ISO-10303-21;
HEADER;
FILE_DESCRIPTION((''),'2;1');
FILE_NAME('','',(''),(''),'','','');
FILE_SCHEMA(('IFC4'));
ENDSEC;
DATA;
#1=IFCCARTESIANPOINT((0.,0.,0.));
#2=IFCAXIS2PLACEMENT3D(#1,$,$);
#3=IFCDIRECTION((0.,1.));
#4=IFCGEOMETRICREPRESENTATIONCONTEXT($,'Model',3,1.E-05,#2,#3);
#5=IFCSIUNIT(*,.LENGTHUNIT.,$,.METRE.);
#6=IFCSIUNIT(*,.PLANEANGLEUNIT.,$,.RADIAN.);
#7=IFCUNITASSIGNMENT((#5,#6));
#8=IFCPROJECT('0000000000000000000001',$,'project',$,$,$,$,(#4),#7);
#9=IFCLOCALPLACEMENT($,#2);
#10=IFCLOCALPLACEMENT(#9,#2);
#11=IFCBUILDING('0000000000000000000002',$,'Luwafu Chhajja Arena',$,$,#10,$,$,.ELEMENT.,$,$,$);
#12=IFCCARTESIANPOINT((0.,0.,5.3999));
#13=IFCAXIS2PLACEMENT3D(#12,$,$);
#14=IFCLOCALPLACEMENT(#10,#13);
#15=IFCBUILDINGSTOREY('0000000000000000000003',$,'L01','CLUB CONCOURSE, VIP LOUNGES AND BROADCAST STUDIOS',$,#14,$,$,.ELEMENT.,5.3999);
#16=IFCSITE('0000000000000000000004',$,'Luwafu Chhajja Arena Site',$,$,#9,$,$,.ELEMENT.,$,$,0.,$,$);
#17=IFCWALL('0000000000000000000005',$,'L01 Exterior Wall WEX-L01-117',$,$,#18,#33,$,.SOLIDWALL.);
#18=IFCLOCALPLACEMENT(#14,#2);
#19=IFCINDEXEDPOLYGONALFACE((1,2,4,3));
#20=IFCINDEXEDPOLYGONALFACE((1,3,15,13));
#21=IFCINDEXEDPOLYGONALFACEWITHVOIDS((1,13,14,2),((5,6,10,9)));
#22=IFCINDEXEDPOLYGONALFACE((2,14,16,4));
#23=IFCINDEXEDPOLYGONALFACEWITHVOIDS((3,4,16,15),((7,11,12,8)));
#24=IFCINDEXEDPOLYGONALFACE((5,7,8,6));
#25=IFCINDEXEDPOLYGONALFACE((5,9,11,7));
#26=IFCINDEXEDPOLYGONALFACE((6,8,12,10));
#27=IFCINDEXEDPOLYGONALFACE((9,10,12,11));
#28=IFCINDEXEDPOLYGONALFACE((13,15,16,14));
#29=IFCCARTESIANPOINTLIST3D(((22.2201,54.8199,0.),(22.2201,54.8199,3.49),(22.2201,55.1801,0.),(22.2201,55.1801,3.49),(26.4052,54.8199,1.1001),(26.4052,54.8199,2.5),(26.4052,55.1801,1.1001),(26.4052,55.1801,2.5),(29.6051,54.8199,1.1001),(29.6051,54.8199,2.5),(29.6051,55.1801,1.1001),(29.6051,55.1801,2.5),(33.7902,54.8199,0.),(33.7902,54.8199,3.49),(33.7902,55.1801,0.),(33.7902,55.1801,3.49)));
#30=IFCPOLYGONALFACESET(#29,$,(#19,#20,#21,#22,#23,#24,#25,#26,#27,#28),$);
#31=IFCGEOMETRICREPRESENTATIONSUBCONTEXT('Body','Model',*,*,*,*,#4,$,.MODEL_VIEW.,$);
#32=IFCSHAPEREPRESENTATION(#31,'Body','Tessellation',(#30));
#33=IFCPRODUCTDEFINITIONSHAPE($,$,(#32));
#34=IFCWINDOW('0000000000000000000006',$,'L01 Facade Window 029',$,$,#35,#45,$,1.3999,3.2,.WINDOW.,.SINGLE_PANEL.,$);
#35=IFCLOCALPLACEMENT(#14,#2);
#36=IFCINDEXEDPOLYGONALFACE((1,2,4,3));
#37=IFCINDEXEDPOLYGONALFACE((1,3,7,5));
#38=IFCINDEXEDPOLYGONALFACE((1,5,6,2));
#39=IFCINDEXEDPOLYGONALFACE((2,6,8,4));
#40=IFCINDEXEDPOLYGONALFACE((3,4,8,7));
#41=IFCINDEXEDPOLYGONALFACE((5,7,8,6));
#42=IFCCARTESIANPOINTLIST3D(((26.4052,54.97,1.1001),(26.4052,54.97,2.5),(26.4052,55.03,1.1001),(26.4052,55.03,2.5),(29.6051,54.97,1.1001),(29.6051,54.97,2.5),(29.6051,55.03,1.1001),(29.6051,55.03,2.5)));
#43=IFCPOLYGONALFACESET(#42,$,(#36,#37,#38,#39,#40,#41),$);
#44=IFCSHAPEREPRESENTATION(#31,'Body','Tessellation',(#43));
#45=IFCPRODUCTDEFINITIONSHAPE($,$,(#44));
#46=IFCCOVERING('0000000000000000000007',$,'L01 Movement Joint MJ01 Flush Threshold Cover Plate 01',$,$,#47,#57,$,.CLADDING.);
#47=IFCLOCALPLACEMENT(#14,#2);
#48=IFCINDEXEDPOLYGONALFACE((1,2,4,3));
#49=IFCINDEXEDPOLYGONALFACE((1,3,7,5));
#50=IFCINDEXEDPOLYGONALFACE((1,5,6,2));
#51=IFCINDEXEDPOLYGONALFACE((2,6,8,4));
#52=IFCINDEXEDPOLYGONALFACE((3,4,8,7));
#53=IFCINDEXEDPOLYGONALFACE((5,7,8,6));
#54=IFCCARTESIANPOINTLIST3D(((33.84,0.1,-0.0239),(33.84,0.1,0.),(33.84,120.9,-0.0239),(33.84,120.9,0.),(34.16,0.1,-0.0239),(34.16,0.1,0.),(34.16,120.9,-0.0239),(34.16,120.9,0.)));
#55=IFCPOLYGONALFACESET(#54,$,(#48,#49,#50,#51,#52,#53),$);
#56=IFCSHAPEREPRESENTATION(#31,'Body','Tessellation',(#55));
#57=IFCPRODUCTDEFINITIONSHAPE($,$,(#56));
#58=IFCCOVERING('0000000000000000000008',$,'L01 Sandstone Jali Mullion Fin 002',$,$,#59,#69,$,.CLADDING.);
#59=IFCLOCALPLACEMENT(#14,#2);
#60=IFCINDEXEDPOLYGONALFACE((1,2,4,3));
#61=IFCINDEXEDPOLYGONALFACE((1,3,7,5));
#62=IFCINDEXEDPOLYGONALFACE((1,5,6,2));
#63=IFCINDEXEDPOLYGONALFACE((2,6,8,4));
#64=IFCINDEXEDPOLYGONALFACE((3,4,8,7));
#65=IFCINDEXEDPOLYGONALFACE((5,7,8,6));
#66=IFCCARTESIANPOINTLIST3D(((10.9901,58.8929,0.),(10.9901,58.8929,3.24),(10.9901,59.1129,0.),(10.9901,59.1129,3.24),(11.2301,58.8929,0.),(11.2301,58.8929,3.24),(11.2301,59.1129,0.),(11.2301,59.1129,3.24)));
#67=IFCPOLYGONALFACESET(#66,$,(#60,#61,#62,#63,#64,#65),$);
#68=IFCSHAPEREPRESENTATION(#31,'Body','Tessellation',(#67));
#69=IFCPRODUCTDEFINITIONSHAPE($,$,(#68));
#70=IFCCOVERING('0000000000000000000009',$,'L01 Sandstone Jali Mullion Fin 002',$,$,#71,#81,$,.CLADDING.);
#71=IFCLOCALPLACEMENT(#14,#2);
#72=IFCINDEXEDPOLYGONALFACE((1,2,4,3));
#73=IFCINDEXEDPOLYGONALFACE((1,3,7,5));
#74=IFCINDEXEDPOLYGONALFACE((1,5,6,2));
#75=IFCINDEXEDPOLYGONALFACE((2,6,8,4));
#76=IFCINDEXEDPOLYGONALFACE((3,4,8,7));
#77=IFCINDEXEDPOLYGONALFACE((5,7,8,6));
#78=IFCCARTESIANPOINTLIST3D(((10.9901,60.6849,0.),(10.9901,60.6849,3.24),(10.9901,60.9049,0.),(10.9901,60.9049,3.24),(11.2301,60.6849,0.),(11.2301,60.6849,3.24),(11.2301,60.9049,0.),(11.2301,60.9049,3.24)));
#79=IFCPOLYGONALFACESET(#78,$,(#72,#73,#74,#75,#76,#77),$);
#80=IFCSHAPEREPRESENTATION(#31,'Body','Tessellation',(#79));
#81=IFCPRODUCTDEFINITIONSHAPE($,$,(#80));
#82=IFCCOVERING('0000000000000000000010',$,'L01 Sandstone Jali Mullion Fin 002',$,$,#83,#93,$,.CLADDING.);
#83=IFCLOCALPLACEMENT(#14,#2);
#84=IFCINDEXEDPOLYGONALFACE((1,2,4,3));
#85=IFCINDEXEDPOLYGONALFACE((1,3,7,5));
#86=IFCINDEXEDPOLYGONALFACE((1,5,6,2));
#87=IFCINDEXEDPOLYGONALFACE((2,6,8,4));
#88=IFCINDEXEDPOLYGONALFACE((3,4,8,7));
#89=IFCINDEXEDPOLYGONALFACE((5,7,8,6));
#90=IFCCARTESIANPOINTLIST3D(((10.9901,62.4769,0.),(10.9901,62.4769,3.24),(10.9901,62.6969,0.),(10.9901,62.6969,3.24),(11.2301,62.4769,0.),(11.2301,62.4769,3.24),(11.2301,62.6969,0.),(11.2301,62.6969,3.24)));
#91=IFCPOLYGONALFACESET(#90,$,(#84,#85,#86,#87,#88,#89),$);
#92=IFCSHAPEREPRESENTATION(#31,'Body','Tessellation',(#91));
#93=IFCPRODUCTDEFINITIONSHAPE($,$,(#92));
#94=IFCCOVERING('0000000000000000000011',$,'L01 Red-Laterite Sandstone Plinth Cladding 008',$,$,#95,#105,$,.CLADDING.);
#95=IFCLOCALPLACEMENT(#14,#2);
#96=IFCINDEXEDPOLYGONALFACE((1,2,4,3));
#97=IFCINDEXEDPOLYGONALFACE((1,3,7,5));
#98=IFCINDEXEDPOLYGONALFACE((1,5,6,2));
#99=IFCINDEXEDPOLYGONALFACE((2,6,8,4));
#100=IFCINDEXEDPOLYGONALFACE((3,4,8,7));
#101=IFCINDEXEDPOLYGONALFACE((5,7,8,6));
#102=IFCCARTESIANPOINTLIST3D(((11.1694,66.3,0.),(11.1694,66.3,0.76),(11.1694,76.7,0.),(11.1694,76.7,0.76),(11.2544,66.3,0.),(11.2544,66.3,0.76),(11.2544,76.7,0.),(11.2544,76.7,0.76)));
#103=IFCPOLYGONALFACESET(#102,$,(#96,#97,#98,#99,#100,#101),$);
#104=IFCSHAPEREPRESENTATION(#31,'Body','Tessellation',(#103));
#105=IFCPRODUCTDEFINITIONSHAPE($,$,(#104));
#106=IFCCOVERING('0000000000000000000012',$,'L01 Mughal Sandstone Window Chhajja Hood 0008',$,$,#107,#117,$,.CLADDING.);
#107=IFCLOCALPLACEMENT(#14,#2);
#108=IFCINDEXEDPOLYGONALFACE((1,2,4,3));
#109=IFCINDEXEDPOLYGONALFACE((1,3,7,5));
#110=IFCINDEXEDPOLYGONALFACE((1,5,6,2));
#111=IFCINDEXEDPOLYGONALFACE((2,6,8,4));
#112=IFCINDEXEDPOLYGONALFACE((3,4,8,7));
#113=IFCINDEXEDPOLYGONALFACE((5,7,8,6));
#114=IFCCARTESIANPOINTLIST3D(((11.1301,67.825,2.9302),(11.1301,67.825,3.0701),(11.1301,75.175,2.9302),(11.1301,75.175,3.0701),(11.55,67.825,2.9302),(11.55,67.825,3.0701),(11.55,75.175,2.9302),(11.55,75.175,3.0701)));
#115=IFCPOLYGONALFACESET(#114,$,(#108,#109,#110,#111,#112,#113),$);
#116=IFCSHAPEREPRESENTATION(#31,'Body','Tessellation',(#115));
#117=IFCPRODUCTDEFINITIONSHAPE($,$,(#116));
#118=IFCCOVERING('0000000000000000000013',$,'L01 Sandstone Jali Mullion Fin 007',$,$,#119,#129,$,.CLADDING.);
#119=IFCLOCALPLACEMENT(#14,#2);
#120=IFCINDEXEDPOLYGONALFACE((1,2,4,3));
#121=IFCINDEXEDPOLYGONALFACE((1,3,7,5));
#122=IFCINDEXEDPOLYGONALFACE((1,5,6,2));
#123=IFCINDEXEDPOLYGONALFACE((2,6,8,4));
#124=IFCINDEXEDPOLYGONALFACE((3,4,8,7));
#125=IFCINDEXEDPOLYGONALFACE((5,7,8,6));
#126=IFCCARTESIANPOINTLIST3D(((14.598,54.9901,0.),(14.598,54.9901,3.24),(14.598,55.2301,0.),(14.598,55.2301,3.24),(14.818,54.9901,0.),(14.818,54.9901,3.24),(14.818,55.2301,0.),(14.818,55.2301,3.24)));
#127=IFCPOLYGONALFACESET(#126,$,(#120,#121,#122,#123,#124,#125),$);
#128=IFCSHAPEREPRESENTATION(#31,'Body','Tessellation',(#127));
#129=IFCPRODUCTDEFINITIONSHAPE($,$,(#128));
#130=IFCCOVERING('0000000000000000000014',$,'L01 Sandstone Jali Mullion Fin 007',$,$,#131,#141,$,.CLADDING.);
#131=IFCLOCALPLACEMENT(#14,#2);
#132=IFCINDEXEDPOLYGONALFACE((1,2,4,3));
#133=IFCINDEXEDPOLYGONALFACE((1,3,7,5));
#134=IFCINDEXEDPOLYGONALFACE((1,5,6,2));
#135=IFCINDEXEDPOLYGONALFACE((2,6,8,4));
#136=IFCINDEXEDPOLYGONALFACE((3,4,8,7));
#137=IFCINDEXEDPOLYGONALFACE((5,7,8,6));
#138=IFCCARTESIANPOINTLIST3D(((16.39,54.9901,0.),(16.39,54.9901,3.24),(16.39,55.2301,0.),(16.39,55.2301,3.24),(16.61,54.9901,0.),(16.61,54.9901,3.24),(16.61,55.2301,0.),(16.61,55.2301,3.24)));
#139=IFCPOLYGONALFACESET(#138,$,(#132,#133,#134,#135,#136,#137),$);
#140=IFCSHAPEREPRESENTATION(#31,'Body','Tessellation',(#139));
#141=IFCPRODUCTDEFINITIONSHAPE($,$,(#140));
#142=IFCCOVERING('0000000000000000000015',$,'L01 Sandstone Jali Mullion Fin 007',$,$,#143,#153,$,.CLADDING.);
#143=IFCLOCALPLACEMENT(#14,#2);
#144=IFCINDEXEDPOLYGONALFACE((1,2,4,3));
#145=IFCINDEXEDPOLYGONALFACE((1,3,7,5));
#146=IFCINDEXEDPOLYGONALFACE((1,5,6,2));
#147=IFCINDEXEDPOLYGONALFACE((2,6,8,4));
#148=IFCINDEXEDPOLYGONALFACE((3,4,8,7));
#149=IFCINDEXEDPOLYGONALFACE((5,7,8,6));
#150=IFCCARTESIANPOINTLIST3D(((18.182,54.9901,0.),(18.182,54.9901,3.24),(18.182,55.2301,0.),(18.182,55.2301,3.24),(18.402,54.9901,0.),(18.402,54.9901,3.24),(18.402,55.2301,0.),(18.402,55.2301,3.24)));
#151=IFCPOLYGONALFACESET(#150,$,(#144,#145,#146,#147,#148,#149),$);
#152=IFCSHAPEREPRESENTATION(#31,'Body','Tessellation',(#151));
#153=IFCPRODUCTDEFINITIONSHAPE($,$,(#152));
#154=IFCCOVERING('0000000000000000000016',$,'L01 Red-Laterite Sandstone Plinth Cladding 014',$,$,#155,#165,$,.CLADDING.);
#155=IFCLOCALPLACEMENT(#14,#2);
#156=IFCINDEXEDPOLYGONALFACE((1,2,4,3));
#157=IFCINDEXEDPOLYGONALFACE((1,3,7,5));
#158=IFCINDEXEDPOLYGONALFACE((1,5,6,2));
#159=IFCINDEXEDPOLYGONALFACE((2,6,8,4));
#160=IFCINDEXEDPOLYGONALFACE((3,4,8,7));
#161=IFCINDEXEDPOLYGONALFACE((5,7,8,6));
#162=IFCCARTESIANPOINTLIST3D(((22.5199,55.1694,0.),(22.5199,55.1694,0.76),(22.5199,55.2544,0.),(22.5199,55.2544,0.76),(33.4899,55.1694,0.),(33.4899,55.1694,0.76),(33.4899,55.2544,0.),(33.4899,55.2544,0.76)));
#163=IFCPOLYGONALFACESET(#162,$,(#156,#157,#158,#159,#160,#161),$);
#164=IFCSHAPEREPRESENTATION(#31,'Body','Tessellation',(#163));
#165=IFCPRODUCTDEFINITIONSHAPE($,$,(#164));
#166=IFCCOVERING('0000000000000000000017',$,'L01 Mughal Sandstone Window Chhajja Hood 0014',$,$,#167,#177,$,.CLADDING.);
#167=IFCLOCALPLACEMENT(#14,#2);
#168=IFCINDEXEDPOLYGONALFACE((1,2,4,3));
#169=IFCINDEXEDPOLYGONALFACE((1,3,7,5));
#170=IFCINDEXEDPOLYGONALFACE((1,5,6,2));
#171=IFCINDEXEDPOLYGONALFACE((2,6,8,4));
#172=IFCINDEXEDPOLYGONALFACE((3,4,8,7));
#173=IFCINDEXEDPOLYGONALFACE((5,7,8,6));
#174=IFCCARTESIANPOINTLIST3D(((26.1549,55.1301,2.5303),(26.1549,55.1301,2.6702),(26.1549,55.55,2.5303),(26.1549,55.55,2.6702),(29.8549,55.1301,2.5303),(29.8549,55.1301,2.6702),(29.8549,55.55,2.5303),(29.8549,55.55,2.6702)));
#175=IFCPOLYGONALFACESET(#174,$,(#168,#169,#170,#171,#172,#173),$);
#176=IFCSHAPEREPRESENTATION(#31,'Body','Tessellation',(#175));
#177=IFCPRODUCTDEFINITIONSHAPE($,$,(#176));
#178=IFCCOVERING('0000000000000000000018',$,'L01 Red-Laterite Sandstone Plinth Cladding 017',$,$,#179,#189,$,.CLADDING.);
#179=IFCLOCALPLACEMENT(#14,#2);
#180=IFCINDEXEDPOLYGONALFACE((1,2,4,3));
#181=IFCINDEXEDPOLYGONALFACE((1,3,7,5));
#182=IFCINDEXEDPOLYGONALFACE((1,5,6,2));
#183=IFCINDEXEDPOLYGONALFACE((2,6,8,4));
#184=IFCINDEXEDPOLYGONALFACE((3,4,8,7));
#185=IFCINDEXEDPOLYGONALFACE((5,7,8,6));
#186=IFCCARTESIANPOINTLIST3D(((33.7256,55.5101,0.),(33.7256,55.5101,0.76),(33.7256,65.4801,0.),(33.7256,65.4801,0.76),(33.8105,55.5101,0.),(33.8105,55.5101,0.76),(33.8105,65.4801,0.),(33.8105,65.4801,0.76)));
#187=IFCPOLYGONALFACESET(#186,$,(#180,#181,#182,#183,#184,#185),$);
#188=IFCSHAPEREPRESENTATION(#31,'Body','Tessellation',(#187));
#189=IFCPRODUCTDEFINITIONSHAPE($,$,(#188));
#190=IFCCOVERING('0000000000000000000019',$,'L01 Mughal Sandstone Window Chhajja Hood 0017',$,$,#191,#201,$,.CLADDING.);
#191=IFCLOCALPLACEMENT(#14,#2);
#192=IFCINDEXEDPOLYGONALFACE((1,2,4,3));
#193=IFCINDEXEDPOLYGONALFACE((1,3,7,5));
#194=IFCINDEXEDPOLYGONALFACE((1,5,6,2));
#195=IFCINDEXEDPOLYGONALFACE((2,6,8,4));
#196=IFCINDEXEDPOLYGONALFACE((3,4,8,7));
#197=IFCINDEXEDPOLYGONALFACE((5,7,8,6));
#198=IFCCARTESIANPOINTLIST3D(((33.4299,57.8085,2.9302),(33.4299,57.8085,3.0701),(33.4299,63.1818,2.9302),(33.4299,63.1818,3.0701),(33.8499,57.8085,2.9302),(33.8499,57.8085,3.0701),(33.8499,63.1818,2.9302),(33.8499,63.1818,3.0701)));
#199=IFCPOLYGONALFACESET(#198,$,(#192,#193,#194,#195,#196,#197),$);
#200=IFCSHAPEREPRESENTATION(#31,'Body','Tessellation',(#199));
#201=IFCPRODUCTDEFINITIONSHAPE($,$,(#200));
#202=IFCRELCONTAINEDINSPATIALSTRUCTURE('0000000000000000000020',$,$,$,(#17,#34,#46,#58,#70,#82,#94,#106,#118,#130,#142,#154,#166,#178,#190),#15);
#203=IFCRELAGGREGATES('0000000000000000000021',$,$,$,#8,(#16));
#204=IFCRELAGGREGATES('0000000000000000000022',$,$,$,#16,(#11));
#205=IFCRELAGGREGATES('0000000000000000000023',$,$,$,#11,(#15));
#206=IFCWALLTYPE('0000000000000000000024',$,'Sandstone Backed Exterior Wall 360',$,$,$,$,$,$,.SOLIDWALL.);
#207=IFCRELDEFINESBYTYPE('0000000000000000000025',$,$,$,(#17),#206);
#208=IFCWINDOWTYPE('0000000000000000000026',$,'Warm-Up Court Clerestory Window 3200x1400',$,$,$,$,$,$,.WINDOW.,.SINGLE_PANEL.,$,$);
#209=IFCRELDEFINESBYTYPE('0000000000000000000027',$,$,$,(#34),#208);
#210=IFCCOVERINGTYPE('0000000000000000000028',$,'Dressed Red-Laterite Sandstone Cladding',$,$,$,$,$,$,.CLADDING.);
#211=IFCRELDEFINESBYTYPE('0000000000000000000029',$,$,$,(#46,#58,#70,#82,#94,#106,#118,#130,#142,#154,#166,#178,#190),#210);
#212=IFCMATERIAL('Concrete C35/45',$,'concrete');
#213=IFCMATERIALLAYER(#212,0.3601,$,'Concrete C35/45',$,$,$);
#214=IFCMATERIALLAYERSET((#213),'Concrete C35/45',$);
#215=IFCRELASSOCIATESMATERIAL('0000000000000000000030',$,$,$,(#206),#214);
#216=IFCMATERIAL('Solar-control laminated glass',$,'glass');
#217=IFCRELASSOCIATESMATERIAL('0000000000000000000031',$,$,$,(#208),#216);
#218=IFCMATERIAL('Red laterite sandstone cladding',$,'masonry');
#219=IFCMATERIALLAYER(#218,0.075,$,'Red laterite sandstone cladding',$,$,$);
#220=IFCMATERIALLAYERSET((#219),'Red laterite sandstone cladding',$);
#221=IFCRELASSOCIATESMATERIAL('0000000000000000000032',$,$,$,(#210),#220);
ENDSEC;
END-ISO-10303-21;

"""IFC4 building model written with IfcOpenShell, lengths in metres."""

from ifc_helpers import new_model, si_unit, direction, frame, frame_2d, origin, origin_2d, place, context, subcontext, project, spatial, rectangle, extrude, material, layer, layer_set, type_object, element, fill, save


model = new_model("IFC4")

# Units and contexts
model_context = context("Model", 3, precision=1e-05, world=origin(), true_north=direction((0.0, 1.0)))
body_context = subcontext(model_context, "Body", "Model", "MODEL_VIEW")
ifc_project = project(units=[si_unit("LENGTHUNIT", "METRE"), si_unit("PLANEANGLEUNIT", "RADIAN")], contexts=[model_context])

# Site, building, storey
site_placement = place(None, origin())
site = spatial("IfcSite", under=ifc_project, at=site_placement, Name="Luwafu Chhajja Arena Site", CompositionType="ELEMENT", RefElevation=0.0)
building_placement = place(site_placement, origin())
building = spatial("IfcBuilding", under=site, at=building_placement, Name="Luwafu Chhajja Arena", CompositionType="ELEMENT")
storey_placement = place(building_placement, frame((0.0, 0.0, 5.3999)))
storey = spatial("IfcBuildingStorey", under=building, at=storey_placement, Name="L01", Description="CLUB CONCOURSE, VIP LOUNGES AND BROADCAST STUDIOS", CompositionType="ELEMENT", Elevation=5.3999)

# Shared definitions
ifc_material_1 = material(Name="Concrete C35/45", Category="concrete")

# Shared definitions
ifc_material_2 = material(Name="Solar-control laminated glass", Category="glass")

# Wall, opening, window
ifc_layer_1 = layer(ifc_material_1, 0.3601, Name="Concrete C35/45")
ifc_layer_set_1 = layer_set([ifc_layer_1], Name="Concrete C35/45")
wall_type_1 = type_object("IfcWallType", Name="Sandstone Backed Exterior Wall 360", PredefinedType="SOLIDWALL", material=ifc_layer_set_1)
wall_1_placement = place(storey_placement, frame((22.22, 55.0, 0.0), z_axis=(0.0, 0.0, 1.0), x_axis=(1.0, 0.0, 0.0)))
wall_1 = element("IfcWall", 1, at=wall_1_placement, inside=storey, type_object=wall_type_1, Name="L01 Exterior Wall WEX-L01-117", PredefinedType="SOLIDWALL", context=body_context, shape_type="SweptSolid", body=[
    extrude(rectangle(XDim=11.5701, YDim=0.3601, at=frame_2d((5.7852, 0.0))), origin(), (0.0, 0.0, 1.0), 3.49),
])
opening_1_placement = place(wall_1_placement, frame((4.1851, 0.0, 1.1001)))
opening_1 = element("IfcOpeningElement", 2, at=opening_1_placement, cuts=wall_1, PredefinedType="OPENING", context=body_context, shape_type="SweptSolid", body=[
    extrude(rectangle(XDim=3.2, YDim=1.3999, at=frame_2d((1.6001, 0.7))), frame((0.0, 0.1899, 0.0), z_axis=(0.0, -1.0, 0.0), x_axis=(1.0, 0.0, 0.0)), (0.0, 0.0, 1.0), 0.3801),
])
window_type_1 = type_object("IfcWindowType", Name="Warm-Up Court Clerestory Window 3200x1400", PartitioningType="SINGLE_PANEL", PredefinedType="WINDOW", material=ifc_material_2)
window_1_placement = place(opening_1_placement, origin())
window_1 = element("IfcWindow", 3, at=window_1_placement, inside=storey, type_object=window_type_1, Name="L01 Facade Window 029", OverallHeight=1.3999, OverallWidth=3.2, PartitioningType="SINGLE_PANEL", PredefinedType="WINDOW", context=body_context, shape_type="SweptSolid", body=[
    extrude(rectangle(XDim=3.2, YDim=1.3999, at=frame_2d((1.6001, 0.7))), frame((0.0, 0.03, 0.0), z_axis=(0.0, -1.0, 0.0), x_axis=(1.0, 0.0, 0.0)), (0.0, 0.0, 1.0), 0.0601),
])
fill(opening_1, window_1)

# Coverings
ifc_material_3 = material(Name="Red laterite sandstone cladding", Category="masonry")
ifc_layer_2 = layer(ifc_material_3, 0.075, Name="Red laterite sandstone cladding")
ifc_layer_set_2 = layer_set([ifc_layer_2], Name="Red laterite sandstone cladding")
covering_type = type_object("IfcCoveringType", Name="Dressed Red-Laterite Sandstone Cladding", PredefinedType="CLADDING", material=ifc_layer_set_2)
covering_1_placement = place(storey_placement, frame((34.0, 60.5, -0.0239), z_axis=(0.0, 0.0, 1.0), x_axis=(1.0, 0.0, 0.0)))
element("IfcCovering", 4, at=covering_1_placement, inside=storey, type_object=covering_type, Name="L01 Movement Joint MJ01 Flush Threshold Cover Plate 01", PredefinedType="CLADDING", context=body_context, shape_type="SweptSolid", body=[
    extrude(rectangle(XDim=0.3201, YDim=120.8, at=origin_2d()), origin(), (0.0, 0.0, 1.0), 0.0239),
])
for number, where, z_axis, x_axis, name in (
    (5, (11.1101, 59.0029, 0.0), (0.0, 0.0, 1.0), (0.0, 1.0, 0.0), "L01 Sandstone Jali Mullion Fin 002"),
    (6, (11.1101, 60.7949, 0.0), (0.0, 0.0, 1.0), (0.0, 1.0, 0.0), "L01 Sandstone Jali Mullion Fin 002"),
    (7, (11.1101, 62.5869, 0.0), (0.0, 0.0, 1.0), (0.0, 1.0, 0.0), "L01 Sandstone Jali Mullion Fin 002"),
):
    element("IfcCovering", number, at=place(storey_placement, frame(where, z_axis=z_axis, x_axis=x_axis)), inside=storey, type_object=covering_type, Name=name, PredefinedType="CLADDING", context=body_context, shape_type="SweptSolid", body=[
        extrude(rectangle(XDim=0.22, YDim=0.24, at=origin_2d()), origin(), (0.0, 0.0, 1.0), 3.24),
    ])
covering_2_placement = place(storey_placement, frame((11.2119, 71.5, 0.0), z_axis=(0.0, 0.0, 1.0), x_axis=(0.0, 1.0, 0.0)))
element("IfcCovering", 8, at=covering_2_placement, inside=storey, type_object=covering_type, Name="L01 Red-Laterite Sandstone Plinth Cladding 008", PredefinedType="CLADDING", context=body_context, shape_type="SweptSolid", body=[
    extrude(rectangle(XDim=10.3999, YDim=0.085, at=origin_2d()), origin(), (0.0, 0.0, 1.0), 0.76),
])
covering_3_placement = place(storey_placement, frame((11.3401, 71.5, 2.9302), z_axis=(0.0, 0.0, 1.0), x_axis=(0.0, 1.0, 0.0)))
element("IfcCovering", 9, at=covering_3_placement, inside=storey, type_object=covering_type, Name="L01 Mughal Sandstone Window Chhajja Hood 0008", PredefinedType="CLADDING", context=body_context, shape_type="SweptSolid", body=[
    extrude(rectangle(XDim=7.3501, YDim=0.4199, at=origin_2d()), origin(), (0.0, 0.0, 1.0), 0.1399),
])
for number, where, z_axis, x_axis, name in (
    (10, (14.708, 55.1101, 0.0), (0.0, 0.0, 1.0), (1.0, 0.0, 0.0), "L01 Sandstone Jali Mullion Fin 007"),
    (11, (16.5, 55.1101, 0.0), (0.0, 0.0, 1.0), (1.0, 0.0, 0.0), "L01 Sandstone Jali Mullion Fin 007"),
    (12, (18.292, 55.1101, 0.0), (0.0, 0.0, 1.0), (1.0, 0.0, 0.0), "L01 Sandstone Jali Mullion Fin 007"),
):
    element("IfcCovering", number, at=place(storey_placement, frame(where, z_axis=z_axis, x_axis=x_axis)), inside=storey, type_object=covering_type, Name=name, PredefinedType="CLADDING", context=body_context, shape_type="SweptSolid", body=[
        extrude(rectangle(XDim=0.22, YDim=0.24, at=origin_2d()), origin(), (0.0, 0.0, 1.0), 3.24),
    ])
covering_4_placement = place(storey_placement, frame((28.0049, 55.2119, 0.0), z_axis=(0.0, 0.0, 1.0), x_axis=(1.0, 0.0, 0.0)))
element("IfcCovering", 13, at=covering_4_placement, inside=storey, type_object=covering_type, Name="L01 Red-Laterite Sandstone Plinth Cladding 014", PredefinedType="CLADDING", context=body_context, shape_type="SweptSolid", body=[
    extrude(rectangle(XDim=10.97, YDim=0.085, at=origin_2d()), origin(), (0.0, 0.0, 1.0), 0.76),
])
covering_5_placement = place(storey_placement, frame((28.0049, 55.3401, 2.5303), z_axis=(0.0, 0.0, 1.0), x_axis=(1.0, 0.0, 0.0)))
element("IfcCovering", 14, at=covering_5_placement, inside=storey, type_object=covering_type, Name="L01 Mughal Sandstone Window Chhajja Hood 0014", PredefinedType="CLADDING", context=body_context, shape_type="SweptSolid", body=[
    extrude(rectangle(XDim=3.7, YDim=0.4199, at=origin_2d()), origin(), (0.0, 0.0, 1.0), 0.1399),
])
covering_6_placement = place(storey_placement, frame((33.7681, 60.4951, 0.0), z_axis=(0.0, 0.0, 1.0), x_axis=(0.0, 1.0, 0.0)))
element("IfcCovering", 15, at=covering_6_placement, inside=storey, type_object=covering_type, Name="L01 Red-Laterite Sandstone Plinth Cladding 017", PredefinedType="CLADDING", context=body_context, shape_type="SweptSolid", body=[
    extrude(rectangle(XDim=9.97, YDim=0.085, at=origin_2d()), origin(), (0.0, 0.0, 1.0), 0.76),
])
covering_7_placement = place(storey_placement, frame((33.6399, 60.4951, 2.9302), z_axis=(0.0, 0.0, 1.0), x_axis=(0.0, 1.0, 0.0)))
element("IfcCovering", 16, at=covering_7_placement, inside=storey, type_object=covering_type, Name="L01 Mughal Sandstone Window Chhajja Hood 0017", PredefinedType="CLADDING", context=body_context, shape_type="SweptSolid", body=[
    extrude(rectangle(XDim=5.3733, YDim=0.4199, at=origin_2d()), origin(), (0.0, 0.0, 1.0), 0.1399),
])

save(model, "model.ifc")
